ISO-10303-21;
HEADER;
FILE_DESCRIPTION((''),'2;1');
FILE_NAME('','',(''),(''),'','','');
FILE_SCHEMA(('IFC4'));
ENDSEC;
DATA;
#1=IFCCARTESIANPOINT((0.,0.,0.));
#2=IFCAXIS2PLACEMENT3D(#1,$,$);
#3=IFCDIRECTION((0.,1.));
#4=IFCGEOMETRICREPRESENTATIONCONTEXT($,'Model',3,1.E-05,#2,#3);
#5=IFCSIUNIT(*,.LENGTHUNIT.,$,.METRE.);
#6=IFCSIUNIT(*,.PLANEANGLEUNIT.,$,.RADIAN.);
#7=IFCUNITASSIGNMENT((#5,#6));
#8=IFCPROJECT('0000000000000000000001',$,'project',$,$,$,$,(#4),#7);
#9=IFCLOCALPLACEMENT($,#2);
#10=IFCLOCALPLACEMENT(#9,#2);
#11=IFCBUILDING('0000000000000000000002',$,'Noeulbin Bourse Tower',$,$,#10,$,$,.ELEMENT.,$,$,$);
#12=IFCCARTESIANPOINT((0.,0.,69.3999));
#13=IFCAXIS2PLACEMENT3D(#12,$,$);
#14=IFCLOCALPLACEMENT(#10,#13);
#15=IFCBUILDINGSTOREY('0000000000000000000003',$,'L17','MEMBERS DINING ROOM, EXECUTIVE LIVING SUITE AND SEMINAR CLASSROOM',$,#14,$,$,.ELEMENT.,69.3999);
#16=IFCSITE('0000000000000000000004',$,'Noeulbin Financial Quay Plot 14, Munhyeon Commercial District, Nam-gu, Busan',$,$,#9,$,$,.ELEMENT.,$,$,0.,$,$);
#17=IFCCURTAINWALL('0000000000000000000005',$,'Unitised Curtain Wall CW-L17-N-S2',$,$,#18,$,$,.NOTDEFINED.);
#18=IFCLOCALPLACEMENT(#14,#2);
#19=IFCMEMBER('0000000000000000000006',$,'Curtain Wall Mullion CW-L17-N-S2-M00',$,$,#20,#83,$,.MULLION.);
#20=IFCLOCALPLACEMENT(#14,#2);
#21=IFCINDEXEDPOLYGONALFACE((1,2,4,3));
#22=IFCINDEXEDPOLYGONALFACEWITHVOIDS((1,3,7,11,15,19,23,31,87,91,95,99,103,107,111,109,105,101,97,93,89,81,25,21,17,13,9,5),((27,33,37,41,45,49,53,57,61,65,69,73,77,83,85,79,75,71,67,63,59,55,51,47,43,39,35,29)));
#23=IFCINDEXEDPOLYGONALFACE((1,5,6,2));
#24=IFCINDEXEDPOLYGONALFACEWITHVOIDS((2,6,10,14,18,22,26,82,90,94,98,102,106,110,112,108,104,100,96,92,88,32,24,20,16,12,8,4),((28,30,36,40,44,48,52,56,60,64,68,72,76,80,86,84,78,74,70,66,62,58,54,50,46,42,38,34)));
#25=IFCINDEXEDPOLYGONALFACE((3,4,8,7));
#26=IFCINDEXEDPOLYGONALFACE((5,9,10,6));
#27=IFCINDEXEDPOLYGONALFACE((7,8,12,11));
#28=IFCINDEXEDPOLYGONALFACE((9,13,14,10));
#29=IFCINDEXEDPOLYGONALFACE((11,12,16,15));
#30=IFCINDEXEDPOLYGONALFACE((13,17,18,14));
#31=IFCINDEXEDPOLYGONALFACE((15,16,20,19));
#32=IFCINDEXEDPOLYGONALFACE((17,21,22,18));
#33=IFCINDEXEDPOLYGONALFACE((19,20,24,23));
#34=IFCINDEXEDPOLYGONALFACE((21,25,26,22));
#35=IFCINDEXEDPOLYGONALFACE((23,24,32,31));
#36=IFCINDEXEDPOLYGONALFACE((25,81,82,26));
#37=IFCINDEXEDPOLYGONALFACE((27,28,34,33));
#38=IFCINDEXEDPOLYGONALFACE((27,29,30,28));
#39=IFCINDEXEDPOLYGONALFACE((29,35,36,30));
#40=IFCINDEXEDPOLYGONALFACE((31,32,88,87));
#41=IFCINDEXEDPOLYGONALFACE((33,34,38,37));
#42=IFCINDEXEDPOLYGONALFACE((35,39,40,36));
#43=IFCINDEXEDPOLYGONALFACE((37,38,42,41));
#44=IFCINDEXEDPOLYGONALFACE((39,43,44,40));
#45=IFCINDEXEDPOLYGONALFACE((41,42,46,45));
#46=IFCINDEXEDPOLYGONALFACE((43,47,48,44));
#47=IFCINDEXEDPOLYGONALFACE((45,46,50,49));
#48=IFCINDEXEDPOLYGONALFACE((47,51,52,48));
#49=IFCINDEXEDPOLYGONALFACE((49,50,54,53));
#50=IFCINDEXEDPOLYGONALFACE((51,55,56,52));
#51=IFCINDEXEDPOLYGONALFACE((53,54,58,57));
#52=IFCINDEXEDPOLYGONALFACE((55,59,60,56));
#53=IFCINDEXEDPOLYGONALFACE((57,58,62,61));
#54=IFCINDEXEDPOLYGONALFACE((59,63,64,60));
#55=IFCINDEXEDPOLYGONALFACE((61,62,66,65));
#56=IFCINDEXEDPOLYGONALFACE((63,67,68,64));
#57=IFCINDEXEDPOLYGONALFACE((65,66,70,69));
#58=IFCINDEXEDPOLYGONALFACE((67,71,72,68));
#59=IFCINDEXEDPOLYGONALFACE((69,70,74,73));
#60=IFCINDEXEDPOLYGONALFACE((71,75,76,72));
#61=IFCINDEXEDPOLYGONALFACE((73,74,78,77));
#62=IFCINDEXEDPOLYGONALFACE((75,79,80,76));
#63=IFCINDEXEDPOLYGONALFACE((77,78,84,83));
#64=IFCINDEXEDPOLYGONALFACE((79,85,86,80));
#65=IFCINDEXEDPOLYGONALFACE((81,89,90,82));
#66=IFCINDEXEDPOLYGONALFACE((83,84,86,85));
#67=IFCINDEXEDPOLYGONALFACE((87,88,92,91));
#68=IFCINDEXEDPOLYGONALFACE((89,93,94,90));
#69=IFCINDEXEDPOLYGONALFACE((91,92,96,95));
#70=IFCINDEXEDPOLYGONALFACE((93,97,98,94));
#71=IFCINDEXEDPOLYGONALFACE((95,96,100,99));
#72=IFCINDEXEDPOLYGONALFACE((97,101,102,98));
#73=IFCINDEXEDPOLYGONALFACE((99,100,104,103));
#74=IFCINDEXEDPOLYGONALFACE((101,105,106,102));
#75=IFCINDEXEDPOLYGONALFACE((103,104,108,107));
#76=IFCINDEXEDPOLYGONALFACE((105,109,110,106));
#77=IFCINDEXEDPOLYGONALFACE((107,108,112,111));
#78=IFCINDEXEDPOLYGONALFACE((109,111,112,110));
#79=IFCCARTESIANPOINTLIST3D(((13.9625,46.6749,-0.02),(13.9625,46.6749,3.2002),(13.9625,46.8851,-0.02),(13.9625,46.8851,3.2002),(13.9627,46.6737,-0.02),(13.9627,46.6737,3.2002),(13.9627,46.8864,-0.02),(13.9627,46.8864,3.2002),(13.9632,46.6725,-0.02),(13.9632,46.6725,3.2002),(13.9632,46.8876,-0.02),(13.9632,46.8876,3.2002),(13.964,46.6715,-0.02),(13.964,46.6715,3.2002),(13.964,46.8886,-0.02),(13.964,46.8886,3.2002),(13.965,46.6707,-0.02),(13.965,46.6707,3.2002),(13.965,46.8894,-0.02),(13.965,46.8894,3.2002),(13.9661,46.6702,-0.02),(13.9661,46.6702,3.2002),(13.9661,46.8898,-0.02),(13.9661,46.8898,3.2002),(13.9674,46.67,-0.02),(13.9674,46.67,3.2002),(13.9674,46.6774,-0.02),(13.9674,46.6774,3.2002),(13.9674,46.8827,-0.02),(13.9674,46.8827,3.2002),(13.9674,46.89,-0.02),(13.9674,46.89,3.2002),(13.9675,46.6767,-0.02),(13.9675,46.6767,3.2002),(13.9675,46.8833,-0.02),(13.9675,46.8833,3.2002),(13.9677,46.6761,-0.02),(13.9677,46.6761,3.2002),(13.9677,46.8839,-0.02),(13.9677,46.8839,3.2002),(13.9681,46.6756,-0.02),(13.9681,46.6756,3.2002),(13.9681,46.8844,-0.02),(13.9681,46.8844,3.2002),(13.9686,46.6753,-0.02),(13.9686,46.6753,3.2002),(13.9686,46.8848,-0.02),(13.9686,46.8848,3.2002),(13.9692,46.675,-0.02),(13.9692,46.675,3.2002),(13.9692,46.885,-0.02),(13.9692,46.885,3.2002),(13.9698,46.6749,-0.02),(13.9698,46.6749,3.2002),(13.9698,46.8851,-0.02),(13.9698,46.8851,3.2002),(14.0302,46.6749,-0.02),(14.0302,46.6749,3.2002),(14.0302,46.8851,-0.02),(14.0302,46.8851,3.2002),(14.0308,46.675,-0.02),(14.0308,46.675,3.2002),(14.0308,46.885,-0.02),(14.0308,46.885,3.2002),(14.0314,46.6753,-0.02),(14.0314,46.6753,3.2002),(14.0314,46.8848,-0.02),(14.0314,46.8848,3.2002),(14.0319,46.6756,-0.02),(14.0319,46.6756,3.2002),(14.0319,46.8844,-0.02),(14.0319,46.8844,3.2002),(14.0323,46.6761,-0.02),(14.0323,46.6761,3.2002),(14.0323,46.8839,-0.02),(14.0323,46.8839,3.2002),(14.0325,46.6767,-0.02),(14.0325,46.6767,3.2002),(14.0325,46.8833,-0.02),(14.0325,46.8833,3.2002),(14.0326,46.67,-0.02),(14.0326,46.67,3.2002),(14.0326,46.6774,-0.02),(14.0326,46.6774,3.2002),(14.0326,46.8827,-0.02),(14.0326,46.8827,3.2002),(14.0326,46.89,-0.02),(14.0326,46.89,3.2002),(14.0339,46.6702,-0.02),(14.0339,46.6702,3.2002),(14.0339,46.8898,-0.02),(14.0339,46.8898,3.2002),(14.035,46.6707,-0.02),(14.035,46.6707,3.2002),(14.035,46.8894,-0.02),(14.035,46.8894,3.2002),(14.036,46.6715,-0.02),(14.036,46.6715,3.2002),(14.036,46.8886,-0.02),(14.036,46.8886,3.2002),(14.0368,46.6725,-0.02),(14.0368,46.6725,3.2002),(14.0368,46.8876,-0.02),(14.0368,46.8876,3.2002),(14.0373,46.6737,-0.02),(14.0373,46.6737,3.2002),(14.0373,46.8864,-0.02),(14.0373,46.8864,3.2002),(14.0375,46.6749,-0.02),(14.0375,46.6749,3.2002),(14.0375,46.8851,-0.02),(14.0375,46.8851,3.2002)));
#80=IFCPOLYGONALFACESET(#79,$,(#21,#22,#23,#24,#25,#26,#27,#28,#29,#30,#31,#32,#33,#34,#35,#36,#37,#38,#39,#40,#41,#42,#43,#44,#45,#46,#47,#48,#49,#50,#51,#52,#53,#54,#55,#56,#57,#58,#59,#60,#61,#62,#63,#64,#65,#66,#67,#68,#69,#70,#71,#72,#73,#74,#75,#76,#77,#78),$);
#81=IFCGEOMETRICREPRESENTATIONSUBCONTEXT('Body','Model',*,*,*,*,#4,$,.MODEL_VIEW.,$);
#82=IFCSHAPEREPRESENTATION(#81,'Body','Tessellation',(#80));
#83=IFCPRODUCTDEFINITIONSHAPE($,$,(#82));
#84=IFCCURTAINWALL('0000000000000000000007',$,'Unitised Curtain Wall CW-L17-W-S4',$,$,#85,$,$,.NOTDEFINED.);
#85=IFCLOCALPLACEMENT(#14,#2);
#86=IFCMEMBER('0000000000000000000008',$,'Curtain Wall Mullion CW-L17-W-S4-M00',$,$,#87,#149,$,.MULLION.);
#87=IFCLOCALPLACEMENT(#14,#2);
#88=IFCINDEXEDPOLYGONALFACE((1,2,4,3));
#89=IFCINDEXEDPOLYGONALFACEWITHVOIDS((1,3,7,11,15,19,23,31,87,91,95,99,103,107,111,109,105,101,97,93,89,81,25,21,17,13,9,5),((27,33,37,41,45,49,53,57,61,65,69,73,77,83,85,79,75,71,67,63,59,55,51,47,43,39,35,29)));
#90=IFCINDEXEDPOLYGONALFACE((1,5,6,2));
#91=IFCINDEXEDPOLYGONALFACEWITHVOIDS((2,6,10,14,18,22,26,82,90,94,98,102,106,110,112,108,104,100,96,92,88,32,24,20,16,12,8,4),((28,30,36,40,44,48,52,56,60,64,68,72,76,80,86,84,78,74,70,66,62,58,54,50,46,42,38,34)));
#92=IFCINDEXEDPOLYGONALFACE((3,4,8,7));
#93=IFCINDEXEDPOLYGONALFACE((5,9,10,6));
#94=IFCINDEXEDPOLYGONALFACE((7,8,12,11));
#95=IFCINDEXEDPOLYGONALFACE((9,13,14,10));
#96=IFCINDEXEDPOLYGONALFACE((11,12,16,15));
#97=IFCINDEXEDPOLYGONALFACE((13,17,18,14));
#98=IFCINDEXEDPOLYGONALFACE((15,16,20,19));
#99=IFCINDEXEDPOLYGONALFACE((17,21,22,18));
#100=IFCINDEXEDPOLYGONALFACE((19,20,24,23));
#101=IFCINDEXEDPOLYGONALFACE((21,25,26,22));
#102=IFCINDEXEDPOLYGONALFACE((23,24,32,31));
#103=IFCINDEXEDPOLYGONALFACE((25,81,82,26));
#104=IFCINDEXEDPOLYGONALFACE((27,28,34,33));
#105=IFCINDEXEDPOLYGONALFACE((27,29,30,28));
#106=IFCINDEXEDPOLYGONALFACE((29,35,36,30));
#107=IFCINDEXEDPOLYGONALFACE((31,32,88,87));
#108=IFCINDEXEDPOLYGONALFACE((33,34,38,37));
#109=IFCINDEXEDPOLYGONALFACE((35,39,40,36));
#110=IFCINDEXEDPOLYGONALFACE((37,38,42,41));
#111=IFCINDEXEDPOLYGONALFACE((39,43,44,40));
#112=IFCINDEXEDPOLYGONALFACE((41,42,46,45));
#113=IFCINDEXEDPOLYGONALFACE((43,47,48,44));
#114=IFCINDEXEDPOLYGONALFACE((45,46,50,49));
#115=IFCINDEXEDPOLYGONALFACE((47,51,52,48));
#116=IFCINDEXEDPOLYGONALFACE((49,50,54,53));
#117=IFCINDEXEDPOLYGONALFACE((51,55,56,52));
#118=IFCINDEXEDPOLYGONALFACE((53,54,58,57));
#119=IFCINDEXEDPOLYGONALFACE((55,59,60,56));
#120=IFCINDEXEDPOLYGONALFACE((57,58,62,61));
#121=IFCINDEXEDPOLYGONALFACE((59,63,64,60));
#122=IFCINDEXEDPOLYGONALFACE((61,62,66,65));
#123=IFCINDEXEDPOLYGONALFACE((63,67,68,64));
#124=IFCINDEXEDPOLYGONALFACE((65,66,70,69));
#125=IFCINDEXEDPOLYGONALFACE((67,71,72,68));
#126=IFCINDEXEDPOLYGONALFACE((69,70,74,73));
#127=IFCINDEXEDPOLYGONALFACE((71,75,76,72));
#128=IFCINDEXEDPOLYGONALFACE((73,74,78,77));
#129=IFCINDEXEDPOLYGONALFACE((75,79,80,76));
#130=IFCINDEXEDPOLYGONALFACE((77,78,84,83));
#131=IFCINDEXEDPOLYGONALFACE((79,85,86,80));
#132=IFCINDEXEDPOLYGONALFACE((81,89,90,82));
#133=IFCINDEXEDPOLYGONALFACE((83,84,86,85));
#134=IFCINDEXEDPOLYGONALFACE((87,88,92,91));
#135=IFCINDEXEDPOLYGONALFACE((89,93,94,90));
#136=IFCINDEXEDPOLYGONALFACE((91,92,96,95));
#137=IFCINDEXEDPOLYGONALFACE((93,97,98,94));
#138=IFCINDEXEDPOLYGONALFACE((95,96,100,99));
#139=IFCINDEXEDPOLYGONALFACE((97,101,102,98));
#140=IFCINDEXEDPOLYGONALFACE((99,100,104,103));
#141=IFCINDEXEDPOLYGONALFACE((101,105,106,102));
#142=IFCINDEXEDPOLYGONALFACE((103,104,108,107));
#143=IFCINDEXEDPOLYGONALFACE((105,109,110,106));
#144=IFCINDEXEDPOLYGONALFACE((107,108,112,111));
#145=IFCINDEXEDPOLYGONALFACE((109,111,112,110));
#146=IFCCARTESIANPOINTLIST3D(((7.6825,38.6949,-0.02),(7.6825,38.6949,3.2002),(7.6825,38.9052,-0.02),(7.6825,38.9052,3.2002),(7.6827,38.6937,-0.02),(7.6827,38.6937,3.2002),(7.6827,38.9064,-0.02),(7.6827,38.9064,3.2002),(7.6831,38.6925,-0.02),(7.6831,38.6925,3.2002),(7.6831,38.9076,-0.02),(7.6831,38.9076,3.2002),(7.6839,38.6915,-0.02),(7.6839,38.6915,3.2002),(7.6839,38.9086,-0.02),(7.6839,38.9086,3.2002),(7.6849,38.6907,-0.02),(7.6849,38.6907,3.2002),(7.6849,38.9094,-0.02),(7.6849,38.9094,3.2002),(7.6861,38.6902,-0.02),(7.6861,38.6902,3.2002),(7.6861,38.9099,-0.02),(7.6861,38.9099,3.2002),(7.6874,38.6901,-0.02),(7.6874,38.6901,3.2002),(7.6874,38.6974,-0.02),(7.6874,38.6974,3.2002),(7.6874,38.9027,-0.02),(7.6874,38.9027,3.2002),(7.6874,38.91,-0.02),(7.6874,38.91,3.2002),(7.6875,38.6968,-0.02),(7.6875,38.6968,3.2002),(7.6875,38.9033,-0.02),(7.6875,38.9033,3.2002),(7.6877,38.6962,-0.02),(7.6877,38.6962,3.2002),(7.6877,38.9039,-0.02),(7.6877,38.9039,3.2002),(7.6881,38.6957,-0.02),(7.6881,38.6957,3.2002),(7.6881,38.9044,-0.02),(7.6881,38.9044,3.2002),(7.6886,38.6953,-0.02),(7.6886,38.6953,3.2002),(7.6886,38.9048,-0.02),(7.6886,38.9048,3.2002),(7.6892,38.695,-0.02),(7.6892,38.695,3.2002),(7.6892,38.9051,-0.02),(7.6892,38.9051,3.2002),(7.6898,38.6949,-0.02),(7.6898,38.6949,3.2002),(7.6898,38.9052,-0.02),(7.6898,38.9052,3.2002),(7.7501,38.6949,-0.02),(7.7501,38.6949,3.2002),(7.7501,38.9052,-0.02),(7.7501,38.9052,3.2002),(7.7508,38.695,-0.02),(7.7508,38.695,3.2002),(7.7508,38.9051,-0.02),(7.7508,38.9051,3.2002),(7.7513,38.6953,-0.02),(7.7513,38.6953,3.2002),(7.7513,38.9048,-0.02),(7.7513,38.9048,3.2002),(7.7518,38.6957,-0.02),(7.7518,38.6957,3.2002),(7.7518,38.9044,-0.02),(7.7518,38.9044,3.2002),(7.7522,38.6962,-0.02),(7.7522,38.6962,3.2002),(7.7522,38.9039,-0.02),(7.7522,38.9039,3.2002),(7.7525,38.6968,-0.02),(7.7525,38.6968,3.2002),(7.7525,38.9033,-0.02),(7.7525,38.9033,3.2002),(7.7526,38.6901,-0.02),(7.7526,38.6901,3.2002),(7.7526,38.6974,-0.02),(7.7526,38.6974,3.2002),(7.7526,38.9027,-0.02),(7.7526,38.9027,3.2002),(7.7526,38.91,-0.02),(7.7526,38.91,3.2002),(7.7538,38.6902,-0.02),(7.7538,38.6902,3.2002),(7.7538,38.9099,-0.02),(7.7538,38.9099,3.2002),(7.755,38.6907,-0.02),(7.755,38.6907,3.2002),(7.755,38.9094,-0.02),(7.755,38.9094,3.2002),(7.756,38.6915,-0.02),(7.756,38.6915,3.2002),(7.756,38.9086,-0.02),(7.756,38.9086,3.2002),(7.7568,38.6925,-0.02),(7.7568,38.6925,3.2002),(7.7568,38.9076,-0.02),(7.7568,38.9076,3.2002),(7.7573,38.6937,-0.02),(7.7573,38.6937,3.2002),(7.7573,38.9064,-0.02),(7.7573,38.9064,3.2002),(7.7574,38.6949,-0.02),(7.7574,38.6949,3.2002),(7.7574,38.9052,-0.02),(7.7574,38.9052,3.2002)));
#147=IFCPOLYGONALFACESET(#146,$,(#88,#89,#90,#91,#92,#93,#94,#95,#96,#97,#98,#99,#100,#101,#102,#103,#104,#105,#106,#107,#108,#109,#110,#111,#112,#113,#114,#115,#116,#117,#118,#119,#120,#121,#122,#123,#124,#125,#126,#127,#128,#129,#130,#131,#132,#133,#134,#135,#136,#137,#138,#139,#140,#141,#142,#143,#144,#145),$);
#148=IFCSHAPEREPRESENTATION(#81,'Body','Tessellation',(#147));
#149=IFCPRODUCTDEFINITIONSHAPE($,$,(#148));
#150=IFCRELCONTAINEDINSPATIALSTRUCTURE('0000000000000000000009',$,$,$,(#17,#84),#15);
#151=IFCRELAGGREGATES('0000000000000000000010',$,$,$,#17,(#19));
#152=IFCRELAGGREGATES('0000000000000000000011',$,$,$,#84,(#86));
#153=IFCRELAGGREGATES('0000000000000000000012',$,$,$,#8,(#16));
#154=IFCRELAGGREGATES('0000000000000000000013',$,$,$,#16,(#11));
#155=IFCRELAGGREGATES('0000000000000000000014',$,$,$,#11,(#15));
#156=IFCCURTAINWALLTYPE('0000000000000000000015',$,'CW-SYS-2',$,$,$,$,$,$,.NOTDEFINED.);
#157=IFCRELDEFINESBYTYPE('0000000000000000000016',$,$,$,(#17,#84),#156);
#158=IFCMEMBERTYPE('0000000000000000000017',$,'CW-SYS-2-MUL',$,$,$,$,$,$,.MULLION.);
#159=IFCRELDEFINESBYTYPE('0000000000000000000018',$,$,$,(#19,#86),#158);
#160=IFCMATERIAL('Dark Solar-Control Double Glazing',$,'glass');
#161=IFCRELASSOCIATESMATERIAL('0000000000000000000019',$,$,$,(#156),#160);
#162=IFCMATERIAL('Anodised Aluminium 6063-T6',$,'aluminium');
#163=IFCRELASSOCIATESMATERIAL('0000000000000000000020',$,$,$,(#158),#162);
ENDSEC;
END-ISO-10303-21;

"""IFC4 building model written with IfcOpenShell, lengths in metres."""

from ifc_helpers import new_model, si_unit, direction, frame, origin, origin_2d, place, context, subcontext, project, spatial, hollow_rectangle, extrude, material, material_profile, profile_set, type_object, element, aggregate, save


model = new_model("IFC4")

# Units and contexts
model_context = context("Model", 3, precision=1e-05, world=origin(), true_north=direction((0.0, 1.0)))
body_context = subcontext(model_context, "Body", "Model", "MODEL_VIEW")
ifc_project = project(units=[si_unit("LENGTHUNIT", "METRE"), si_unit("PLANEANGLEUNIT", "RADIAN")], contexts=[model_context])

# Site, building, storey
site_placement = place(None, origin())
site = spatial("IfcSite", under=ifc_project, at=site_placement, Name="Noeulbin Financial Quay Plot 14, Munhyeon Commercial District, Nam-gu, Busan", CompositionType="ELEMENT", RefElevation=0.0)
building_placement = place(site_placement, origin())
building = spatial("IfcBuilding", under=site, at=building_placement, Name="Noeulbin Bourse Tower", CompositionType="ELEMENT")
storey_placement = place(building_placement, frame((0.0, 0.0, 69.3999)))
storey = spatial("IfcBuildingStorey", under=building, at=storey_placement, Name="L17", Description="MEMBERS DINING ROOM, EXECUTIVE LIVING SUITE AND SEMINAR CLASSROOM", CompositionType="ELEMENT", Elevation=69.3999)

# Shared definitions
ifc_material_1 = material(Name="Dark Solar-Control Double Glazing", Category="glass")
curtain_wall_type = type_object("IfcCurtainWallType", Name="CW-SYS-2", PredefinedType="NOTDEFINED", material=ifc_material_1)
ifc_material_2 = material(Name="Anodised Aluminium 6063-T6", Category="aluminium")
ifc_material_profile_1 = material_profile(ifc_material_2, hollow_rectangle(XDim=0.075, YDim=0.22, WallThickness=0.0049, InnerFilletRadius=0.0024, OuterFilletRadius=0.0049, at=origin_2d()), Name="ALU-MULL-75x220x5", Category="LoadBearing")
ifc_profile_set_1 = profile_set([ifc_material_profile_1], Name="Anodised Aluminium 6063-T6")
member_type_1 = type_object("IfcMemberType", Name="CW-SYS-2-MUL", PredefinedType="MULLION", material=ifc_profile_set_1)

# Curtain wall, member
curtain_wall_1_placement = place(storey_placement, origin())
curtain_wall_1 = element("IfcCurtainWall", 1, at=curtain_wall_1_placement, inside=storey, type_object=curtain_wall_type, Name="Unitised Curtain Wall CW-L17-N-S2", PredefinedType="NOTDEFINED")
member_1_placement = place(storey_placement, frame((14.0, 46.78, -0.02), z_axis=(0.0, 0.0, 1.0), x_axis=(1.0, 0.0, 0.0)))
member_1 = element("IfcMember", 2, at=member_1_placement, type_object=member_type_1, Name="Curtain Wall Mullion CW-L17-N-S2-M00", PredefinedType="MULLION", context=body_context, shape_type="SweptSolid", body=[
    extrude(hollow_rectangle(XDim=0.075, YDim=0.22, WallThickness=0.0049, InnerFilletRadius=0.0024, OuterFilletRadius=0.0049, at=origin_2d()), origin(), (0.0, 0.0, 1.0), 3.2202),
])

# Curtain wall, member
curtain_wall_2_placement = place(storey_placement, origin())
curtain_wall_2 = element("IfcCurtainWall", 3, at=curtain_wall_2_placement, inside=storey, type_object=curtain_wall_type, Name="Unitised Curtain Wall CW-L17-W-S4", PredefinedType="NOTDEFINED")
member_2_placement = place(storey_placement, frame((7.72, 38.8, -0.02), z_axis=(0.0, 0.0, 1.0), x_axis=(1.0, 0.0, 0.0)))
member_2 = element("IfcMember", 4, at=member_2_placement, type_object=member_type_1, Name="Curtain Wall Mullion CW-L17-W-S4-M00", PredefinedType="MULLION", context=body_context, shape_type="SweptSolid", body=[
    extrude(hollow_rectangle(XDim=0.075, YDim=0.22, WallThickness=0.0049, InnerFilletRadius=0.0024, OuterFilletRadius=0.0049, at=origin_2d()), origin(), (0.0, 0.0, 1.0), 3.2202),
])

aggregate(curtain_wall_1, [member_1])

aggregate(curtain_wall_2, [member_2])

save(model, "model.ifc")
